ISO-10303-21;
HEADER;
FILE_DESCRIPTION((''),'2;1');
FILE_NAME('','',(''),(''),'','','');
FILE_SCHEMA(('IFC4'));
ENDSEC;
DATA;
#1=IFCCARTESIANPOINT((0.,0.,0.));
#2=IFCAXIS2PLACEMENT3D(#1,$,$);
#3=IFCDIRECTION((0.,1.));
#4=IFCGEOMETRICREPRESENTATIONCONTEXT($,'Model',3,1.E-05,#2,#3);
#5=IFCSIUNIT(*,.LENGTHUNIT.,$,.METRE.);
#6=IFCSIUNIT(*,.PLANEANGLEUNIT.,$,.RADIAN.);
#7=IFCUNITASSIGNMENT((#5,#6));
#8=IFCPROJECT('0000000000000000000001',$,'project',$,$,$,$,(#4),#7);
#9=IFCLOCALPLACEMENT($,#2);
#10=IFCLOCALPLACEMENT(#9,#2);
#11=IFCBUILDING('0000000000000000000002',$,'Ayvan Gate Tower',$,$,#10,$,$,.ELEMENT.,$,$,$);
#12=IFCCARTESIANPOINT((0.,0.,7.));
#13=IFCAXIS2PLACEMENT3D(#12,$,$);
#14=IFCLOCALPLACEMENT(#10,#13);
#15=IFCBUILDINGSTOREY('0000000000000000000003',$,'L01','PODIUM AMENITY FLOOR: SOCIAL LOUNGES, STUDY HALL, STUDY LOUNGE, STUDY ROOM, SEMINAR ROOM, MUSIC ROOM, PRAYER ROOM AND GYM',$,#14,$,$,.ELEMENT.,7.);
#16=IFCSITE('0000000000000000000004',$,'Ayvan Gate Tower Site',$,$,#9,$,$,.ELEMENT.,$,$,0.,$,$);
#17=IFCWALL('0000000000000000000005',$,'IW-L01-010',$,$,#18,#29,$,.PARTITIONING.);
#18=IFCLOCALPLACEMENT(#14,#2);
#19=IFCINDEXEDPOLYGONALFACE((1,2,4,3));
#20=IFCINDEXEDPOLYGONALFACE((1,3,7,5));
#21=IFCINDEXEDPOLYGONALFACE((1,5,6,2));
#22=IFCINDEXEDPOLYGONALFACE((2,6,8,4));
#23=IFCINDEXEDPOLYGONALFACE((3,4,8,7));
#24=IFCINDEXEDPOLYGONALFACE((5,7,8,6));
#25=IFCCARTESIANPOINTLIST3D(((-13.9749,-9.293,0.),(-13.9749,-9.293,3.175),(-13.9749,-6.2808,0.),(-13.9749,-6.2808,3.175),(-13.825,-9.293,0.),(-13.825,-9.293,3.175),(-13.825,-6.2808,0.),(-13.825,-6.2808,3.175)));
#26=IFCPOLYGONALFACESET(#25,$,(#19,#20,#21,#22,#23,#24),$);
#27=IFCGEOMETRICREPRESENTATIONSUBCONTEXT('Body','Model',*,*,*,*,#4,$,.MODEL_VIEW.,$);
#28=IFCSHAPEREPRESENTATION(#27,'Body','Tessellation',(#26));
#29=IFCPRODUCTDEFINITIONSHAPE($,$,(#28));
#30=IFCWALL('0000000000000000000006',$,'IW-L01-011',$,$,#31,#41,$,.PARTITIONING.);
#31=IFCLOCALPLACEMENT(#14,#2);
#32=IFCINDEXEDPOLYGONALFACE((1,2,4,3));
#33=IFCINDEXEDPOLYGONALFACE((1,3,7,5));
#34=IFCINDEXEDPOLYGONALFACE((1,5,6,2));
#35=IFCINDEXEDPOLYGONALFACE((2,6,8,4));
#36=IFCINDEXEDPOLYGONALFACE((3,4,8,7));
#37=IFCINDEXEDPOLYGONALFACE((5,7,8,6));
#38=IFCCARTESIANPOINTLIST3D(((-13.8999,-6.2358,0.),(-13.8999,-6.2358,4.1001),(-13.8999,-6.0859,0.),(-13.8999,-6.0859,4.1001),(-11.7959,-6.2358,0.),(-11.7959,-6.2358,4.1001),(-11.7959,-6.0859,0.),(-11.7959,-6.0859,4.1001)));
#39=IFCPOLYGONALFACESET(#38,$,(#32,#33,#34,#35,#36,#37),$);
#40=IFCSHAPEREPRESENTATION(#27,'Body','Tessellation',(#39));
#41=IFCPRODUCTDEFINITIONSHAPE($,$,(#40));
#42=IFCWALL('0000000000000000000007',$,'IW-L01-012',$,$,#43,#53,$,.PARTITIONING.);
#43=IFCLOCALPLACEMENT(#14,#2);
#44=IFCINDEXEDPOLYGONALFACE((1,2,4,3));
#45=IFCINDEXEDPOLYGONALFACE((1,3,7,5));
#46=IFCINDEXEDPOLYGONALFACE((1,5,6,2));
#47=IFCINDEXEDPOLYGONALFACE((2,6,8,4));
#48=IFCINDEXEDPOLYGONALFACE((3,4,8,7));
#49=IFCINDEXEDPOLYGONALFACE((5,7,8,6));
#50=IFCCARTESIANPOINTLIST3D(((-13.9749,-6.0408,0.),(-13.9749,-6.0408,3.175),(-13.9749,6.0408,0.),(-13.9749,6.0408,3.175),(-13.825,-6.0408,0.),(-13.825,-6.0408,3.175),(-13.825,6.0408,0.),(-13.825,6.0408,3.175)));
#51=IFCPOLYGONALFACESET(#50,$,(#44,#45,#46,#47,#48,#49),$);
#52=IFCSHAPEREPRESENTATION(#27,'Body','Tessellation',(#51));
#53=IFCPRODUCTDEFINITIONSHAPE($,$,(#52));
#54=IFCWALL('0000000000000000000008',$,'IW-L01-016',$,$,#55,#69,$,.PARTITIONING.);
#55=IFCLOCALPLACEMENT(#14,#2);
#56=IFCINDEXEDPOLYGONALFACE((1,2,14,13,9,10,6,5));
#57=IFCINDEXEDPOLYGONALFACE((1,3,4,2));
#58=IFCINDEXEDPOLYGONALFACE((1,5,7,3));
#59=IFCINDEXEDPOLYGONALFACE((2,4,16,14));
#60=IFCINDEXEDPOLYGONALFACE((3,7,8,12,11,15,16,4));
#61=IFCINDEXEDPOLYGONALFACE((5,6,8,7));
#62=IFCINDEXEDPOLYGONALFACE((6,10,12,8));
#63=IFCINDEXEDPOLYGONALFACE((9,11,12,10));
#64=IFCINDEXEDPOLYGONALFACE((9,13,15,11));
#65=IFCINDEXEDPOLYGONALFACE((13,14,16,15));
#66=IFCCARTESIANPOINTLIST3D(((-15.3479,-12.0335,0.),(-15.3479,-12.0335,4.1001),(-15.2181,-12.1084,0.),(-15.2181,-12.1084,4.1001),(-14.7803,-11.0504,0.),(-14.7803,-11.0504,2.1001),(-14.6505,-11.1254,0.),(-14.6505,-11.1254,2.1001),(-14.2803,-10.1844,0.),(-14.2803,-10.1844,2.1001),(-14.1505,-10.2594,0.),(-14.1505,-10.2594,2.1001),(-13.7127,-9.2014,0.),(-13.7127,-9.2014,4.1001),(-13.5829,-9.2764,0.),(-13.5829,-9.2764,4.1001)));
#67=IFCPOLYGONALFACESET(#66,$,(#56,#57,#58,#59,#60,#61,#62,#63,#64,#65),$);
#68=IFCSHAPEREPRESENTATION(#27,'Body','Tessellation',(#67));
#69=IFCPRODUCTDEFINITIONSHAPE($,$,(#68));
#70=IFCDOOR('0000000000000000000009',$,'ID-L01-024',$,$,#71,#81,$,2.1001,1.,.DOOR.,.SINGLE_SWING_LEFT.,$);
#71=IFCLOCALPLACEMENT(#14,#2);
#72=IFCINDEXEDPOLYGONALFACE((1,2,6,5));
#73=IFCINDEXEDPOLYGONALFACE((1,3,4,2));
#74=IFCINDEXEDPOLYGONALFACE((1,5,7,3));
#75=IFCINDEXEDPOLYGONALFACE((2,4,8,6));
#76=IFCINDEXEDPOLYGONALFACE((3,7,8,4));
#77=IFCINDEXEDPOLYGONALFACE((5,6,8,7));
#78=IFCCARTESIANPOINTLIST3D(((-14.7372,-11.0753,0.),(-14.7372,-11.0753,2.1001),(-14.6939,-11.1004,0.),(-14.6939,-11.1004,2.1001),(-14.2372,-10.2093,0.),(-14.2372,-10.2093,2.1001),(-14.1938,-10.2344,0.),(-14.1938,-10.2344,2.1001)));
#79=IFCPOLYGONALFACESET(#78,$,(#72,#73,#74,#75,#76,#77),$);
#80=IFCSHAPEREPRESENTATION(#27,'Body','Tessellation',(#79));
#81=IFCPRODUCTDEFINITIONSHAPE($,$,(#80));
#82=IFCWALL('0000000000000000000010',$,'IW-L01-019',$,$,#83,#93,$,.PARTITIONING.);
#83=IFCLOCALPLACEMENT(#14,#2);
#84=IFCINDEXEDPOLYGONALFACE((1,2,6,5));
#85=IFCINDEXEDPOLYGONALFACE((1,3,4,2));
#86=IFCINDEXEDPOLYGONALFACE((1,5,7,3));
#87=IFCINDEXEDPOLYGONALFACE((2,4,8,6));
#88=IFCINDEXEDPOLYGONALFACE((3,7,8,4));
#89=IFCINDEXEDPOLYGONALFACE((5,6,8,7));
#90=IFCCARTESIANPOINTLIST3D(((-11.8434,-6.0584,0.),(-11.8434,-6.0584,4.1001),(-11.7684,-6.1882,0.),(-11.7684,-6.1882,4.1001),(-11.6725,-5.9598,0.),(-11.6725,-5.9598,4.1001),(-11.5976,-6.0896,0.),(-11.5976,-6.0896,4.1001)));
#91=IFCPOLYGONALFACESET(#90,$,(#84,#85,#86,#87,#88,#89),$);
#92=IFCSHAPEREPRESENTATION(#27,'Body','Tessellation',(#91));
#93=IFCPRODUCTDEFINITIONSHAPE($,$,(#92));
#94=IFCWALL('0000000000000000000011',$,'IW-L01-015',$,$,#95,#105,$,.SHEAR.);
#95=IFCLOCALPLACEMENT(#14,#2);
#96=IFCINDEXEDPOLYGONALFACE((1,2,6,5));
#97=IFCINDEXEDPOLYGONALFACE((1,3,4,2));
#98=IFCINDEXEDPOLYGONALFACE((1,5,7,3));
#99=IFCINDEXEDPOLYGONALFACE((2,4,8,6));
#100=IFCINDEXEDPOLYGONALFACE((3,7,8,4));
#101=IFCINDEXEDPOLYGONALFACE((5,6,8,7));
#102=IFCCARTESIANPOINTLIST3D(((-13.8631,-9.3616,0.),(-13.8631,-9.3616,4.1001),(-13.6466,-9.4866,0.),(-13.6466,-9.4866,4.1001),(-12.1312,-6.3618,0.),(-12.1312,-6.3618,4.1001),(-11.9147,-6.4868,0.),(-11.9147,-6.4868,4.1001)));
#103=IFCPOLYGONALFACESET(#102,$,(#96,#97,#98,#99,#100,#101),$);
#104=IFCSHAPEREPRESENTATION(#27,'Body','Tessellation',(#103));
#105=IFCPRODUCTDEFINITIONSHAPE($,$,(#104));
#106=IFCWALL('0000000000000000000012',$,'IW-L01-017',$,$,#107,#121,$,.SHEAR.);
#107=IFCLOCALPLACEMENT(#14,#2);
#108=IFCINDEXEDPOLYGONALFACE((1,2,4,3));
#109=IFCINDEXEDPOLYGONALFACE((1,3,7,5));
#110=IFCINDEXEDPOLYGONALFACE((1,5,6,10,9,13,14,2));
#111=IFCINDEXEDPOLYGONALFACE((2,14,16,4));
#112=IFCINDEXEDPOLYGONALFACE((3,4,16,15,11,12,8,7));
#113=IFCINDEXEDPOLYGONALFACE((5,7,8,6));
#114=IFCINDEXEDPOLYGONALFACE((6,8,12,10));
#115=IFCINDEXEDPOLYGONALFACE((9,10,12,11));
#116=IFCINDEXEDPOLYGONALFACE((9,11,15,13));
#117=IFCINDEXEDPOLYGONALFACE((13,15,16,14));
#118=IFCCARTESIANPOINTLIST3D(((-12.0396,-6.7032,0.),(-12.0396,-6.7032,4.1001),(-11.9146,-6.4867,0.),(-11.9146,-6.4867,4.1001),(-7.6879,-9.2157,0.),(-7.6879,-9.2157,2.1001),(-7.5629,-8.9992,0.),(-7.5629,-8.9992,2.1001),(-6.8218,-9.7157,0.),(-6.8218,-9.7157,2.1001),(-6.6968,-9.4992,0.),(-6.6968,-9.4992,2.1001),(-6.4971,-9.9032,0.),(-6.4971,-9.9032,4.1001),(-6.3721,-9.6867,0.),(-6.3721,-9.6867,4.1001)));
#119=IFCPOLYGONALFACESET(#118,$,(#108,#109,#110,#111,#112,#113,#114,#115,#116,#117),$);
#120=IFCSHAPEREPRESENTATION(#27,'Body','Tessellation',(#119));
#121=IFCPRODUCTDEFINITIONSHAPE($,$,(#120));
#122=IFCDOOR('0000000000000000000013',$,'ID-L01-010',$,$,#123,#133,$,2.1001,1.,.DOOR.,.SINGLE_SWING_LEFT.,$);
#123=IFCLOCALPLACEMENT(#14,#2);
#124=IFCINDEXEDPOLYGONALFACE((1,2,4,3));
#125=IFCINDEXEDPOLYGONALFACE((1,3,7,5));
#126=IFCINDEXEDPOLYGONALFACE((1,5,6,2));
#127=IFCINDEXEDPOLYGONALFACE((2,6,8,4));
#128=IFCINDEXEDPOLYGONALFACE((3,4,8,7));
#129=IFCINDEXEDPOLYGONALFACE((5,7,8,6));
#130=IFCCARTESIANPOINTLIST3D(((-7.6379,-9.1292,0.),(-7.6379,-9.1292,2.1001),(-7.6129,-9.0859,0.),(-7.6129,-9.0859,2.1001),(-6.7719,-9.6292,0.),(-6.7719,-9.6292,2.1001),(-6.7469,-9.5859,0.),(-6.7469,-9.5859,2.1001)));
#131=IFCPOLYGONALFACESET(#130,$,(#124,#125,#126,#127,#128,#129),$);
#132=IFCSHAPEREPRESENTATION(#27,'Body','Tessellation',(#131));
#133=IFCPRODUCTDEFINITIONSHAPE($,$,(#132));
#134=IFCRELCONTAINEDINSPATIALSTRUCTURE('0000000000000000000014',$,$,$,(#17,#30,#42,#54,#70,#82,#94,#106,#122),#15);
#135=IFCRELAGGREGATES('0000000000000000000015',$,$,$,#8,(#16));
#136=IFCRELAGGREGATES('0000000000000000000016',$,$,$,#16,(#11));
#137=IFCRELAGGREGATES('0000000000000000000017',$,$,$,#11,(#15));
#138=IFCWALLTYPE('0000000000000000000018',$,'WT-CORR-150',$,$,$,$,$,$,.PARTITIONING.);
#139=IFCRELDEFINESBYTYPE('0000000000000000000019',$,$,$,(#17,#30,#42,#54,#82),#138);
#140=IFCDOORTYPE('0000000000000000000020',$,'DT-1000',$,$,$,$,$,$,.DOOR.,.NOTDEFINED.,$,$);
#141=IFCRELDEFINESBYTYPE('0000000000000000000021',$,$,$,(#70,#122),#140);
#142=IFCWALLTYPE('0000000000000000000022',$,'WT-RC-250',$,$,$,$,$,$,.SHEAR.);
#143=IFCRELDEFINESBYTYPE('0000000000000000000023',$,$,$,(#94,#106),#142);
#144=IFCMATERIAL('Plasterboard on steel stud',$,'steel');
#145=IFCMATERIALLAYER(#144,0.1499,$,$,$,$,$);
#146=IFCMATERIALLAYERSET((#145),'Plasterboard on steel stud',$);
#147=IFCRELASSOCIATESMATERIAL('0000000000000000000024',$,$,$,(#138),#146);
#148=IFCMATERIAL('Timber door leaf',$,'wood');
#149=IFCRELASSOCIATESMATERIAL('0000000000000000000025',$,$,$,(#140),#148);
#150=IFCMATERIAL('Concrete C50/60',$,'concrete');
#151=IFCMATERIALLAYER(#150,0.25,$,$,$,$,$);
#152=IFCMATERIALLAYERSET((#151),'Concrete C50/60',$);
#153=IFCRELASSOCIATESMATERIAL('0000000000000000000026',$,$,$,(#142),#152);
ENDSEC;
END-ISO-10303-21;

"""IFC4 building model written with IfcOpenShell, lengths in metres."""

from ifc_helpers import new_model, si_unit, direction, frame, frame_2d, origin, place, context, subcontext, project, spatial, rectangle, extrude, material, layer, layer_set, type_object, element, fill, save


model = new_model("IFC4")

# Units and contexts
model_context = context("Model", 3, precision=1e-05, world=origin(), true_north=direction((0.0, 1.0)))
body_context = subcontext(model_context, "Body", "Model", "MODEL_VIEW")
ifc_project = project(units=[si_unit("LENGTHUNIT", "METRE"), si_unit("PLANEANGLEUNIT", "RADIAN")], contexts=[model_context])

# Site, building, storey
site_placement = place(None, origin())
site = spatial("IfcSite", under=ifc_project, at=site_placement, Name="Ayvan Gate Tower Site", CompositionType="ELEMENT", RefElevation=0.0)
building_placement = place(site_placement, origin())
building = spatial("IfcBuilding", under=site, at=building_placement, Name="Ayvan Gate Tower", CompositionType="ELEMENT")
storey_placement = place(building_placement, frame((0.0, 0.0, 7.0)))
storey = spatial("IfcBuildingStorey", under=building, at=storey_placement, Name="L01", Description="PODIUM AMENITY FLOOR: SOCIAL LOUNGES, STUDY HALL, STUDY LOUNGE, STUDY ROOM, SEMINAR ROOM, MUSIC ROOM, PRAYER ROOM AND GYM", CompositionType="ELEMENT", Elevation=7.0)

# Walls
ifc_material_1 = material(Name="Plasterboard on steel stud", Category="steel")
ifc_layer_1 = layer(ifc_material_1, 0.1499)
ifc_layer_set_1 = layer_set([ifc_layer_1], Name="Plasterboard on steel stud")
wall_type_1 = type_object("IfcWallType", Name="WT-CORR-150", PredefinedType="PARTITIONING", material=ifc_layer_set_1)
wall_1_placement = place(storey_placement, frame((-13.8999, -9.293, 0.0), z_axis=(0.0, 0.0, 1.0), x_axis=(0.0, 1.0, 0.0)))
element("IfcWall", 1, at=wall_1_placement, inside=storey, type_object=wall_type_1, Name="IW-L01-010", PredefinedType="PARTITIONING", context=body_context, shape_type="SweptSolid", body=[
    extrude(rectangle(XDim=3.0122, YDim=0.1499, at=frame_2d((1.5061, 0.0))), origin(), (0.0, 0.0, 1.0), 3.175),
])
wall_2_placement = place(storey_placement, frame((-13.8999, -6.1609, 0.0), z_axis=(0.0, 0.0, 1.0), x_axis=(1.0, 0.0, 0.0)))
element("IfcWall", 2, at=wall_2_placement, inside=storey, type_object=wall_type_1, Name="IW-L01-011", PredefinedType="PARTITIONING", context=body_context, shape_type="SweptSolid", body=[
    extrude(rectangle(XDim=2.104, YDim=0.1499, at=frame_2d((1.052, 0.0))), origin(), (0.0, 0.0, 1.0), 4.1001),
])
wall_3_placement = place(storey_placement, frame((-13.8999, -6.0408, 0.0), z_axis=(0.0, 0.0, 1.0), x_axis=(0.0, 1.0, 0.0)))
element("IfcWall", 3, at=wall_3_placement, inside=storey, type_object=wall_type_1, Name="IW-L01-012", PredefinedType="PARTITIONING", context=body_context, shape_type="SweptSolid", body=[
    extrude(rectangle(XDim=12.0815, YDim=0.1499, at=frame_2d((6.0408, 0.0))), origin(), (0.0, 0.0, 1.0), 3.175),
])

# Wall, opening, door
wall_4_placement = place(storey_placement, frame((-13.6477, -9.2388, 0.0), z_axis=(0.0, 0.0, 1.0), x_axis=(-0.500041, -0.866002, 0.0)))
wall_4 = element("IfcWall", 4, at=wall_4_placement, inside=storey, type_object=wall_type_1, Name="IW-L01-016", PredefinedType="PARTITIONING", context=body_context, shape_type="SweptSolid", body=[
    extrude(rectangle(XDim=3.2703, YDim=0.1499, at=frame_2d((1.6353, 0.0))), origin(), (0.0, 0.0, 1.0), 4.1001),
])
opening_1_placement = place(wall_4_placement, frame((1.1353, 0.0, 0.0)))
opening_1 = element("IfcOpeningElement", 5, at=opening_1_placement, cuts=wall_4, PredefinedType="OPENING", context=body_context, shape_type="SweptSolid", body=[
    extrude(rectangle(XDim=1.0, YDim=2.1001, at=frame_2d((0.5, 1.05))), frame((0.0, 0.085, 0.0), z_axis=(0.0, -1.0, 0.0), x_axis=(1.0, 0.0, 0.0)), (0.0, 0.0, 1.0), 0.1699),
])
ifc_material_2 = material(Name="Timber door leaf", Category="wood")
door_type = type_object("IfcDoorType", Name="DT-1000", OperationType="NOTDEFINED", PredefinedType="DOOR", material=ifc_material_2)
door_1_placement = place(opening_1_placement, origin())
door_1 = element("IfcDoor", 6, at=door_1_placement, inside=storey, type_object=door_type, Name="ID-L01-024", OperationType="SINGLE_SWING_LEFT", OverallHeight=2.1001, OverallWidth=1.0, PredefinedType="DOOR", context=body_context, shape_type="SweptSolid", body=[
    extrude(rectangle(XDim=1.0, YDim=2.1001, at=frame_2d((0.5, 1.05))), frame((0.0, 0.0249, 0.0), z_axis=(0.0, -1.0, 0.0), x_axis=(1.0, 0.0, 0.0)), (0.0, 0.0, 1.0), 0.05),
])
fill(opening_1, door_1)

# Walls
wall_5_placement = place(storey_placement, frame((-11.8059, -6.1233, 0.0), z_axis=(0.0, 0.0, 1.0), x_axis=(0.866103, 0.499865, 0.0)))
element("IfcWall", 7, at=wall_5_placement, inside=storey, type_object=wall_type_1, Name="IW-L01-019", PredefinedType="PARTITIONING", context=body_context, shape_type="SweptSolid", body=[
    extrude(rectangle(XDim=0.1973, YDim=0.1499, at=frame_2d((0.0986, 0.0))), origin(), (0.0, 0.0, 1.0), 4.1001),
])
ifc_material_3 = material(Name="Concrete C50/60", Category="concrete")
ifc_layer_2 = layer(ifc_material_3, 0.25)
ifc_layer_set_2 = layer_set([ifc_layer_2], Name="Concrete C50/60")
wall_type_2 = type_object("IfcWallType", Name="WT-RC-250", PredefinedType="SHEAR", material=ifc_layer_set_2)
wall_6_placement = place(storey_placement, frame((-13.7549, -9.4241, 0.0), z_axis=(0.0, 0.0, 1.0), x_axis=(0.500005, 0.866022, 0.0)))
element("IfcWall", 8, at=wall_6_placement, inside=storey, type_object=wall_type_2, Name="IW-L01-015", PredefinedType="SHEAR", context=body_context, shape_type="SweptSolid", body=[
    extrude(rectangle(XDim=3.4639, YDim=0.25, at=frame_2d((1.7319, 0.0))), origin(), (0.0, 0.0, 1.0), 4.1001),
])

# Wall, opening, door
wall_7_placement = place(storey_placement, frame((-11.9771, -6.595, 0.0), z_axis=(0.0, 0.0, 1.0), x_axis=(0.866025, -0.5, 0.0)))
wall_7 = element("IfcWall", 9, at=wall_7_placement, inside=storey, type_object=wall_type_2, Name="IW-L01-017", PredefinedType="SHEAR", context=body_context, shape_type="SweptSolid", body=[
    extrude(rectangle(XDim=6.3999, YDim=0.25, at=frame_2d((3.2, 0.0))), origin(), (0.0, 0.0, 1.0), 4.1001),
])
opening_2_placement = place(wall_7_placement, frame((5.0249, 0.0, 0.0)))
opening_2 = element("IfcOpeningElement", 10, at=opening_2_placement, cuts=wall_7, PredefinedType="OPENING", context=body_context, shape_type="SweptSolid", body=[
    extrude(rectangle(XDim=1.0, YDim=2.1001, at=frame_2d((0.5, 1.05))), frame((0.0, 0.135, 0.0), z_axis=(0.0, -1.0, 0.0), x_axis=(1.0, 0.0, 0.0)), (0.0, 0.0, 1.0), 0.27),
])
door_2_placement = place(opening_2_placement, origin())
door_2 = element("IfcDoor", 11, at=door_2_placement, inside=storey, type_object=door_type, Name="ID-L01-010", OperationType="SINGLE_SWING_LEFT", OverallHeight=2.1001, OverallWidth=1.0, PredefinedType="DOOR", context=body_context, shape_type="SweptSolid", body=[
    extrude(rectangle(XDim=1.0, YDim=2.1001, at=frame_2d((0.5, 1.05))), frame((0.0, 0.0249, 0.0), z_axis=(0.0, -1.0, 0.0), x_axis=(1.0, 0.0, 0.0)), (0.0, 0.0, 1.0), 0.05),
])
fill(opening_2, door_2)

save(model, "model.ifc")
